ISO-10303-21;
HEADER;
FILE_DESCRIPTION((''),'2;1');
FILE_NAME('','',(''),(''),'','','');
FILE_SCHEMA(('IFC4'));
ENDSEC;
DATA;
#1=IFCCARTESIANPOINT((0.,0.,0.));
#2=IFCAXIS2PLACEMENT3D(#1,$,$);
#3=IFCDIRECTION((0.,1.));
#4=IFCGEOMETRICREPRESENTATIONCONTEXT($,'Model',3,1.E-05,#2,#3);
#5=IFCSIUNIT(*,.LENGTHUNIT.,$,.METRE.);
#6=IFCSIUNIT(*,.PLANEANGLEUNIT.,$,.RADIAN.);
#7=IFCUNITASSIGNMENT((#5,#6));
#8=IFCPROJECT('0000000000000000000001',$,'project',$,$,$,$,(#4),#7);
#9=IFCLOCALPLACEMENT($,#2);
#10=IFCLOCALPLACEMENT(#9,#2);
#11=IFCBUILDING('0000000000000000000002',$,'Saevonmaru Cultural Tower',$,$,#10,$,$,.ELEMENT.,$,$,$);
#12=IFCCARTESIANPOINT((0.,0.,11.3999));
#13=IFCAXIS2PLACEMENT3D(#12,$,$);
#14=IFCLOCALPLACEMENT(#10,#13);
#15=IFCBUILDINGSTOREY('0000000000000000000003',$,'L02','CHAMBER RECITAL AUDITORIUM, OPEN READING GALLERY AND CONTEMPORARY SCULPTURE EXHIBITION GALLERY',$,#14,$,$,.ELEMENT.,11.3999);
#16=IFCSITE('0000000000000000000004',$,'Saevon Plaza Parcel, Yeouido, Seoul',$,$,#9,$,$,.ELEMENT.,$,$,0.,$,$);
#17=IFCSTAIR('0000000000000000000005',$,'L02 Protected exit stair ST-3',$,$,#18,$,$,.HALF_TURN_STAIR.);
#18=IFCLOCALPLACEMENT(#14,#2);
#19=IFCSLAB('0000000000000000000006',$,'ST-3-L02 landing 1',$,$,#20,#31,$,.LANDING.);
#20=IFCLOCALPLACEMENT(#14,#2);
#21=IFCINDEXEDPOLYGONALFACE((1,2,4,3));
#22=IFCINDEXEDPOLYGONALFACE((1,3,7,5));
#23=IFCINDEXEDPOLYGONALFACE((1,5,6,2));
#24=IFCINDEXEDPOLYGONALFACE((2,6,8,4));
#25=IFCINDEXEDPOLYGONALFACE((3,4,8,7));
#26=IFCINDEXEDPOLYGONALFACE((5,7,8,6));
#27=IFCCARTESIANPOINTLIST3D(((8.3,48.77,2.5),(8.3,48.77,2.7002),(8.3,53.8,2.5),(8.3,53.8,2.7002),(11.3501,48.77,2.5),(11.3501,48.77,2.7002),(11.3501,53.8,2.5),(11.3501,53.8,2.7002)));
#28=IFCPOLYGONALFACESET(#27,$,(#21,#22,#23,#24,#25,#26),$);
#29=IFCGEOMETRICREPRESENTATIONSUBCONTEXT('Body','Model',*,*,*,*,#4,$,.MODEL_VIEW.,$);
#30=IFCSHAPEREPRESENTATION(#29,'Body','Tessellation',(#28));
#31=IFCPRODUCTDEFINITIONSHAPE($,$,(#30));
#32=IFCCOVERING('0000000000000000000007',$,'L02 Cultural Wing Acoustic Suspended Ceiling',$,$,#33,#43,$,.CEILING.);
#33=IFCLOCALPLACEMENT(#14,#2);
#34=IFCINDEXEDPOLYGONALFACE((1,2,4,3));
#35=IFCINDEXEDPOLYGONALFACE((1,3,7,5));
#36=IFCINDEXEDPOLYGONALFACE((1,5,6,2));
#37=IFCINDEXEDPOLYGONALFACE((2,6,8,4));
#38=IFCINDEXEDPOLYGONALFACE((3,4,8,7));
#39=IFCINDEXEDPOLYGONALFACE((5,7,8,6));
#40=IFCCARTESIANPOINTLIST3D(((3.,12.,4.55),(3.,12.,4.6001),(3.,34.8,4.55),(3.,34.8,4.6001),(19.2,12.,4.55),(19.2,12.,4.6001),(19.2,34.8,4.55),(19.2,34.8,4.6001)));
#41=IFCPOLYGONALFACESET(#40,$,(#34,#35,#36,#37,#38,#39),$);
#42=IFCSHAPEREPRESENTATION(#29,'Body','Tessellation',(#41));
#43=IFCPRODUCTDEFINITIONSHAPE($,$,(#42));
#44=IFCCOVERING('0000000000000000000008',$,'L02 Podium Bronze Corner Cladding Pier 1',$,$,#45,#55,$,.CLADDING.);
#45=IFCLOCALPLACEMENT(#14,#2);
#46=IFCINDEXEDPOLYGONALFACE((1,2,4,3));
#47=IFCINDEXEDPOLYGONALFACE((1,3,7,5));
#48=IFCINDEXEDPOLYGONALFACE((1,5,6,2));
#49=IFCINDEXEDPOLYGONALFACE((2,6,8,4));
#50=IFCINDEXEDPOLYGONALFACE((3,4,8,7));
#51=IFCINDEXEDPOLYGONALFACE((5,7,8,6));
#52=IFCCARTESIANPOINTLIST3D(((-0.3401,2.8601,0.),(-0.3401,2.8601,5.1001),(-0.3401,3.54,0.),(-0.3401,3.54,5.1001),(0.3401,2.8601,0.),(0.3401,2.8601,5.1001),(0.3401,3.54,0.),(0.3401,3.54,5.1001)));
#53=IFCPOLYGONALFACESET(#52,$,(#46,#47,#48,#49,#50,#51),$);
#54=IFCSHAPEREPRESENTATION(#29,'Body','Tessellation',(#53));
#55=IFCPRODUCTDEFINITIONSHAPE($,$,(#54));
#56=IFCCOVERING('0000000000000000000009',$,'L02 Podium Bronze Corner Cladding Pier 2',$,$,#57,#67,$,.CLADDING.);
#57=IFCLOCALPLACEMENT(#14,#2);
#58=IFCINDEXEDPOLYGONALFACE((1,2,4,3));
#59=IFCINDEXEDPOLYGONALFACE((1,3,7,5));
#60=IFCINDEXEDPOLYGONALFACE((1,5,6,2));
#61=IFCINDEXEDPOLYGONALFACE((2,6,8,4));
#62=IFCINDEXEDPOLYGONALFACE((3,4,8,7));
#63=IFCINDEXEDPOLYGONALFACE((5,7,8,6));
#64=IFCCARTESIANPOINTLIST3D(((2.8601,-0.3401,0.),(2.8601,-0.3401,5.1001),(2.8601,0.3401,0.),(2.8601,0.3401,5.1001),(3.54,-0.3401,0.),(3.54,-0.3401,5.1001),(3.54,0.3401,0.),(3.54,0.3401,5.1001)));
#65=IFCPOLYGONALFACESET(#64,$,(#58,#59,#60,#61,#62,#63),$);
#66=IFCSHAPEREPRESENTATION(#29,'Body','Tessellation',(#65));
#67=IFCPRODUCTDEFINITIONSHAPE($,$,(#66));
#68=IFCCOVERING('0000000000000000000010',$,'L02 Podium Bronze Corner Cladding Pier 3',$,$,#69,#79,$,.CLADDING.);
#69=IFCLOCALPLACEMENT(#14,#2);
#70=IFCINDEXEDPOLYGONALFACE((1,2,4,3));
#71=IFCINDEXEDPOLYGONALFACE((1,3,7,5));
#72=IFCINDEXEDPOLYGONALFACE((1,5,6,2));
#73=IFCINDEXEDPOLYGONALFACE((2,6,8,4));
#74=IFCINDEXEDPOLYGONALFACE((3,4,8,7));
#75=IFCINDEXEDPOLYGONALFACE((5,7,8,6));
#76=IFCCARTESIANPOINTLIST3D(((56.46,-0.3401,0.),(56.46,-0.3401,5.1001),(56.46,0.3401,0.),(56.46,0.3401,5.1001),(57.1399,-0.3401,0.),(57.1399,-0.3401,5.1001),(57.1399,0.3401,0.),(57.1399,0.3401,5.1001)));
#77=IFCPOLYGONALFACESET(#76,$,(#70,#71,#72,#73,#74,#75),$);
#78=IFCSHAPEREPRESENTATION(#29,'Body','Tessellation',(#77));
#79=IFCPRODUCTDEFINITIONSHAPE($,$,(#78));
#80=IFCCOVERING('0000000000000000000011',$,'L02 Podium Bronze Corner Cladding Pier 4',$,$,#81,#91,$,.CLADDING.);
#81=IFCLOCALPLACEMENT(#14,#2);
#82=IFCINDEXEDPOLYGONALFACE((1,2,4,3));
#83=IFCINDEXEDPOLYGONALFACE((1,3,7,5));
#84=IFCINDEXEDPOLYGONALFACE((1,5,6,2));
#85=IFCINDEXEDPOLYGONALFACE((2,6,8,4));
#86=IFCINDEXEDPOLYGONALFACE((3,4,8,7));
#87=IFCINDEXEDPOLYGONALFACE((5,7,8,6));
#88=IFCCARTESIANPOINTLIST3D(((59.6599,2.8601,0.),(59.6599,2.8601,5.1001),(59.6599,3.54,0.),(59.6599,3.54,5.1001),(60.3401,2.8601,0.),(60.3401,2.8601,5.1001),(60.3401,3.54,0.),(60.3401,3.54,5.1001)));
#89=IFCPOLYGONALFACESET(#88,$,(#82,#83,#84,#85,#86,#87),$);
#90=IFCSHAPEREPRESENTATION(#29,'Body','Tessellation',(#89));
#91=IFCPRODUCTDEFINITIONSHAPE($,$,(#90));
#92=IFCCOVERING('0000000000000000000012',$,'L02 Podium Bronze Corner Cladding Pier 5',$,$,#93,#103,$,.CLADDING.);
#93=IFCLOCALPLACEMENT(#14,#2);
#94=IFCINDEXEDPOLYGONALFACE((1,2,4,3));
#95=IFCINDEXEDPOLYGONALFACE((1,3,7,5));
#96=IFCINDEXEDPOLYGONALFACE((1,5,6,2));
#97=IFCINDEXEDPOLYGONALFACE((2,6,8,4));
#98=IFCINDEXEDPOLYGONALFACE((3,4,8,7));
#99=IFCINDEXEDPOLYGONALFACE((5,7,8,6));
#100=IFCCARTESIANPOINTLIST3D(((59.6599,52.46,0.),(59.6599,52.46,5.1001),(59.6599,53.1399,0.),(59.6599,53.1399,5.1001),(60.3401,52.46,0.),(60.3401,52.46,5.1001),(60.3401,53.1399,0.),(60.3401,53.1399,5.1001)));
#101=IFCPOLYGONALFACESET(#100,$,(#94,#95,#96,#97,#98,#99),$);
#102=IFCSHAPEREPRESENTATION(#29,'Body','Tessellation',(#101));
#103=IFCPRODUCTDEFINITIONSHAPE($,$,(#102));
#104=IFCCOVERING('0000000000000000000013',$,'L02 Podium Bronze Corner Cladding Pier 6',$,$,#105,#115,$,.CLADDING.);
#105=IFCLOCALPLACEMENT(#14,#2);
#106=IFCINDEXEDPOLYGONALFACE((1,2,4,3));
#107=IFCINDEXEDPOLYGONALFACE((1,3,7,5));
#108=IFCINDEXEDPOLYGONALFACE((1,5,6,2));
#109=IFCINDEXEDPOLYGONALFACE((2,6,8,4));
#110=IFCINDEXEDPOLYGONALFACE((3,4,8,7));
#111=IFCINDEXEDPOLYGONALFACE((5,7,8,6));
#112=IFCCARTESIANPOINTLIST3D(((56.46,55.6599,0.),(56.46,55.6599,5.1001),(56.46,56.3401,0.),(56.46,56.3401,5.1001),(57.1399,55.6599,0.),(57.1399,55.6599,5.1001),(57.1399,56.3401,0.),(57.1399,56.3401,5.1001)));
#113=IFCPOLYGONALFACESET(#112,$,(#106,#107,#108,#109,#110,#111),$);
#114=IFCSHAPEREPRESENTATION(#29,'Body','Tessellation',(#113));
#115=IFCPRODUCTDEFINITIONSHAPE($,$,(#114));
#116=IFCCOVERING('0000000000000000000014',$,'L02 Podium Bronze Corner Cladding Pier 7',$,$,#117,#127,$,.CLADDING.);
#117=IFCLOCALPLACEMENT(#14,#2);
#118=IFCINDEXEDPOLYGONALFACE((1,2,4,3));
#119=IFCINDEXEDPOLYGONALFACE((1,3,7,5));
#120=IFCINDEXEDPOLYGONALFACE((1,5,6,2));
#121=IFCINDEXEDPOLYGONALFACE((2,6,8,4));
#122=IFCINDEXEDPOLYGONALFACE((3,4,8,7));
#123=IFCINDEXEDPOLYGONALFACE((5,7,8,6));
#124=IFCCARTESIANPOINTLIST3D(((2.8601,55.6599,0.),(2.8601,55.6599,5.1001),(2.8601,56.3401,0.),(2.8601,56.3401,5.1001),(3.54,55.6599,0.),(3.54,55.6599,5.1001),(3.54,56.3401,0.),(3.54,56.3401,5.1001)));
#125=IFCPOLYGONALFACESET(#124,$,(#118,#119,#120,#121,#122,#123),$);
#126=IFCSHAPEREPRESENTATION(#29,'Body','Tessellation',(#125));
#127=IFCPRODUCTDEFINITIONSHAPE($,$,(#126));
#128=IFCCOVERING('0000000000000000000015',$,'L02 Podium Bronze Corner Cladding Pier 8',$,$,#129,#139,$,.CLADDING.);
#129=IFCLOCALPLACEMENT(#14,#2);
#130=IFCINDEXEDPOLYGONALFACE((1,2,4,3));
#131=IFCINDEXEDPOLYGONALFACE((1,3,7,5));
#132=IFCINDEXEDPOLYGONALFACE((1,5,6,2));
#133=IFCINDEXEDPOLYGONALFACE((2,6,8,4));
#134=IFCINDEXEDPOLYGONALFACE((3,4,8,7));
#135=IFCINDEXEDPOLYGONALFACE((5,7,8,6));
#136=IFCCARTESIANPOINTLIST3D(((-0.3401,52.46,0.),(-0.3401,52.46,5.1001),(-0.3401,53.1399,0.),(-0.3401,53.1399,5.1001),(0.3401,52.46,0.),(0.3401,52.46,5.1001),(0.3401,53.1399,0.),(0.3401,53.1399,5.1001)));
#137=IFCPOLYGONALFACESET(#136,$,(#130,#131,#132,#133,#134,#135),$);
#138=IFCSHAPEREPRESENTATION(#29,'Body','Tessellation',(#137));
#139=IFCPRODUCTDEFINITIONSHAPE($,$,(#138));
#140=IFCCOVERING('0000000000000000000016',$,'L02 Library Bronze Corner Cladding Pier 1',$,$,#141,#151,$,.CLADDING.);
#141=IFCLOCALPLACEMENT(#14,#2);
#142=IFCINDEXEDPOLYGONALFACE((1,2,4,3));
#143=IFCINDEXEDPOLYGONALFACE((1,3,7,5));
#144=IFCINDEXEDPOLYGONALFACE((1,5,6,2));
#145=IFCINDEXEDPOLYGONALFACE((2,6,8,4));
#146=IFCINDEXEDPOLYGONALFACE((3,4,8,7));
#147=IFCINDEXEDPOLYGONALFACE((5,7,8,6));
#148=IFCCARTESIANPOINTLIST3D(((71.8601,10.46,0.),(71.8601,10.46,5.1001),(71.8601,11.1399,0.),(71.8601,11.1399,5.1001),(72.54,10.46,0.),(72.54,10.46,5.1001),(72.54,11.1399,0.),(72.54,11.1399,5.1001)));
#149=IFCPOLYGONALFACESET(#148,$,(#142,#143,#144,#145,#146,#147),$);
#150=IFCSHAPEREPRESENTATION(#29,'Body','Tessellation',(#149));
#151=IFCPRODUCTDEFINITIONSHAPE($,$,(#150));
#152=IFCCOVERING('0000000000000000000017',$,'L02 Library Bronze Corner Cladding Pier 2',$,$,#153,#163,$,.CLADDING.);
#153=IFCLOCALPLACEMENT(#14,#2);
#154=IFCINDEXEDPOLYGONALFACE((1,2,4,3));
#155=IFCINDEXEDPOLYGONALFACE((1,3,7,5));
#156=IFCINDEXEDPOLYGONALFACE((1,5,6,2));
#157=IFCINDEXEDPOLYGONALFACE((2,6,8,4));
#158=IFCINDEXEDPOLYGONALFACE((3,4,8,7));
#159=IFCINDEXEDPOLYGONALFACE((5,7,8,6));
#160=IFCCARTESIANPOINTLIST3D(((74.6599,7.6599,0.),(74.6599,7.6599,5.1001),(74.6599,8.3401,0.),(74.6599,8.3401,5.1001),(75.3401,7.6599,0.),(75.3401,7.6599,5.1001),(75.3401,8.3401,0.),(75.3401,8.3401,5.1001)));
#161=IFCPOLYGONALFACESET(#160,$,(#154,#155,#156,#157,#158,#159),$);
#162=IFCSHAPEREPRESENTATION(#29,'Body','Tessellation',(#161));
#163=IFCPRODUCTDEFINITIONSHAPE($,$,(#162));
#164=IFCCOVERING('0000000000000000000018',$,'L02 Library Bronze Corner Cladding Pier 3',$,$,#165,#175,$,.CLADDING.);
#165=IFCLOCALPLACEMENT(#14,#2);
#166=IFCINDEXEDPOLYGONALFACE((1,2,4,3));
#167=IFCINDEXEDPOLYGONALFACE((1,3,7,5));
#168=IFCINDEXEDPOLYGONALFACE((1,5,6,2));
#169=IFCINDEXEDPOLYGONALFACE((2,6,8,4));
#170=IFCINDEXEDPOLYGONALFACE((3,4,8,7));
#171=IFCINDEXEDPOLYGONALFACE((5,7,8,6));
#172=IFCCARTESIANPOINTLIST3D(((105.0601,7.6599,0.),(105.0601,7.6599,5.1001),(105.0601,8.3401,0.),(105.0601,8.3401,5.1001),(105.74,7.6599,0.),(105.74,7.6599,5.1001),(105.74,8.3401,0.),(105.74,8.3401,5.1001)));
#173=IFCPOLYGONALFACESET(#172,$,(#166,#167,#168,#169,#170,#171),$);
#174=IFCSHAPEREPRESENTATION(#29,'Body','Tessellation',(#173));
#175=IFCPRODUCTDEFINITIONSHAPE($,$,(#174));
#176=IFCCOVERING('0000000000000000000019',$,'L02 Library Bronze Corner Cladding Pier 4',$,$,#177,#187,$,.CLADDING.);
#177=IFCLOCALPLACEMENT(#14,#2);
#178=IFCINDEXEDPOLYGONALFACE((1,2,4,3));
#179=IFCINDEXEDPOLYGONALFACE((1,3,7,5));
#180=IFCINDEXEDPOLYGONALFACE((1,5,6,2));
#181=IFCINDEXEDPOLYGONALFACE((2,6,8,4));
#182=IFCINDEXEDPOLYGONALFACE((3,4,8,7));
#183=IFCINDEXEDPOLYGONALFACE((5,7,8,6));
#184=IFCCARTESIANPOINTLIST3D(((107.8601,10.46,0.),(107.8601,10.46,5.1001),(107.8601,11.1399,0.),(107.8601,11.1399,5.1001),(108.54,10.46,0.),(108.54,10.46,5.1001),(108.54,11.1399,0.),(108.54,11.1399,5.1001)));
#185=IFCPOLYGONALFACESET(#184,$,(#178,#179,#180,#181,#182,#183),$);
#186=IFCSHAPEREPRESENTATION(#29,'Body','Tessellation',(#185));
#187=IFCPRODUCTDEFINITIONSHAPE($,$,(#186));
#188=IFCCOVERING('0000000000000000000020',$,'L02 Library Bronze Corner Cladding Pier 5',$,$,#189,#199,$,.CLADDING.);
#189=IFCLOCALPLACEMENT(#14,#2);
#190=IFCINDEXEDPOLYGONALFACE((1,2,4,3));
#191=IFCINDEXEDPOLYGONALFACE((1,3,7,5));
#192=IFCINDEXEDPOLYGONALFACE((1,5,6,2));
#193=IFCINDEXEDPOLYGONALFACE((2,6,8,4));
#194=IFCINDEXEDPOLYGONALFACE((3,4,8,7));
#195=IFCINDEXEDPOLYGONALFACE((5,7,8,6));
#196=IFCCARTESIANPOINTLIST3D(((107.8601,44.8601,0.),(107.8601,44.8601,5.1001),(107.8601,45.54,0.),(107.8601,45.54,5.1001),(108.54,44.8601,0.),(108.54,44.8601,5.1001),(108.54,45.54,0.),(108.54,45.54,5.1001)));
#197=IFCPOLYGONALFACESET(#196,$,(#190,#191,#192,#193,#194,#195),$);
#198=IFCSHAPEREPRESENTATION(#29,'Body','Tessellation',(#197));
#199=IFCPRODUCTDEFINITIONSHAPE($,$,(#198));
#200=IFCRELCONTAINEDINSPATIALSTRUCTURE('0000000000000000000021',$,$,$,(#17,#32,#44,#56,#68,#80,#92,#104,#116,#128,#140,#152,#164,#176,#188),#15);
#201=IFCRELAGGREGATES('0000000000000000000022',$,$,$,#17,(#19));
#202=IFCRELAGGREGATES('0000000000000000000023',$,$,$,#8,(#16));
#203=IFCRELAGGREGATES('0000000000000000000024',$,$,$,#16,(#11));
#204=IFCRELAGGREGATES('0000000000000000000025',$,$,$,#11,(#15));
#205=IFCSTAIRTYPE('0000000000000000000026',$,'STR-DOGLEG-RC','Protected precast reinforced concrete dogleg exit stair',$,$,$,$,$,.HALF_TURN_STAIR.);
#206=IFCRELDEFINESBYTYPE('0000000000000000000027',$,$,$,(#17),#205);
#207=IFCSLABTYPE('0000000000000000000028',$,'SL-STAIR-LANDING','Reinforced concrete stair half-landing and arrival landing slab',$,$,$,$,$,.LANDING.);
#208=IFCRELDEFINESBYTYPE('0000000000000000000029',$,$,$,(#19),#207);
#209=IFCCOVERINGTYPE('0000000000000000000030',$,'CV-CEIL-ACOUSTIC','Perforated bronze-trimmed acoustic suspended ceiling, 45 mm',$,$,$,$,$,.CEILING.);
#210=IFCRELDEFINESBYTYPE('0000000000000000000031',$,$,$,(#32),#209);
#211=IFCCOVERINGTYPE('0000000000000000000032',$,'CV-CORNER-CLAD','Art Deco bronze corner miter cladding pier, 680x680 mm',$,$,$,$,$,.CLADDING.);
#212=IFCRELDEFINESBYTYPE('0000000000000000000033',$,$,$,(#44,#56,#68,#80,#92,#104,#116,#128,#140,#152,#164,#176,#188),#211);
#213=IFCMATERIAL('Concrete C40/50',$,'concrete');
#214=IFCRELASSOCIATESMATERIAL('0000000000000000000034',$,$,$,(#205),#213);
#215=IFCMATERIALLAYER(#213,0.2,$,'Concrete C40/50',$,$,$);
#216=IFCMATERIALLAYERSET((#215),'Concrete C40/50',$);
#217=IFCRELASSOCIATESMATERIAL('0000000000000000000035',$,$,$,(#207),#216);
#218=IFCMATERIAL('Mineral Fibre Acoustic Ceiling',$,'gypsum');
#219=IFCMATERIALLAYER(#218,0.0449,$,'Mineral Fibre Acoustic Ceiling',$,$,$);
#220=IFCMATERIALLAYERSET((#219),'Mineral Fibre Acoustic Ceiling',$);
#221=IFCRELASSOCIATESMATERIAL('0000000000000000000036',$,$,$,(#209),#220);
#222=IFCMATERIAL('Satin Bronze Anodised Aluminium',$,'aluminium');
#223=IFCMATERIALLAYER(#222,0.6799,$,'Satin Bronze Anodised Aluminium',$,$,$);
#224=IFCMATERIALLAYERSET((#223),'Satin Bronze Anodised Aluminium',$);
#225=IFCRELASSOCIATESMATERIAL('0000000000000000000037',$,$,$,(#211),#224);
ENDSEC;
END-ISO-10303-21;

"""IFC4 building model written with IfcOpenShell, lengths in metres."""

from ifc_helpers import new_model, si_unit, direction, frame, origin, place, context, subcontext, project, spatial, polyline, outline, extrude, material, layer, layer_set, type_object, element, aggregate, save


model = new_model("IFC4")

# Units and contexts
model_context = context("Model", 3, precision=1e-05, world=origin(), true_north=direction((0.0, 1.0)))
body_context = subcontext(model_context, "Body", "Model", "MODEL_VIEW")
ifc_project = project(units=[si_unit("LENGTHUNIT", "METRE"), si_unit("PLANEANGLEUNIT", "RADIAN")], contexts=[model_context])

# Site, building, storey
site_placement = place(None, origin())
site = spatial("IfcSite", under=ifc_project, at=site_placement, Name="Saevon Plaza Parcel, Yeouido, Seoul", CompositionType="ELEMENT", RefElevation=0.0)
building_placement = place(site_placement, origin())
building = spatial("IfcBuilding", under=site, at=building_placement, Name="Saevonmaru Cultural Tower", CompositionType="ELEMENT")
storey_placement = place(building_placement, frame((0.0, 0.0, 11.3999)))
storey = spatial("IfcBuildingStorey", under=building, at=storey_placement, Name="L02", Description="CHAMBER RECITAL AUDITORIUM, OPEN READING GALLERY AND CONTEMPORARY SCULPTURE EXHIBITION GALLERY", CompositionType="ELEMENT", Elevation=11.3999)

# Shared definitions
ifc_material_1 = material(Name="Satin Bronze Anodised Aluminium", Category="aluminium")

# Shared definitions
ifc_material_2 = material(Name="Concrete C40/50", Category="concrete")

# Stair, slab
stair_type = type_object("IfcStairType", Name="STR-DOGLEG-RC", Description="Protected precast reinforced concrete dogleg exit stair", PredefinedType="HALF_TURN_STAIR", material=ifc_material_2)
ifc_layer_1 = layer(ifc_material_2, 0.2, Name="Concrete C40/50")
ifc_layer_set_1 = layer_set([ifc_layer_1], Name="Concrete C40/50")
slab_type_1 = type_object("IfcSlabType", Name="SL-STAIR-LANDING", Description="Reinforced concrete stair half-landing and arrival landing slab", PredefinedType="LANDING", material=ifc_layer_set_1)
stair_1_placement = place(storey_placement, origin())
stair_1 = element("IfcStair", 1, at=stair_1_placement, inside=storey, type_object=stair_type, Name="L02 Protected exit stair ST-3", PredefinedType="HALF_TURN_STAIR")
slab_1_placement = place(storey_placement, frame((0.0, 0.0, 2.5)))
slab_1 = element("IfcSlab", 2, at=slab_1_placement, type_object=slab_type_1, Name="ST-3-L02 landing 1", PredefinedType="LANDING", context=body_context, shape_type="SweptSolid", body=[
    extrude(outline(polyline([(11.3501, 48.77), (11.3501, 53.8), (8.3, 53.8), (8.3, 48.77), (11.3501, 48.77)])), origin(), (0.0, 0.0, 1.0), 0.2002),
])
aggregate(stair_1, [slab_1])

# Coverings
ifc_material_3 = material(Name="Mineral Fibre Acoustic Ceiling", Category="gypsum")
ifc_layer_2 = layer(ifc_material_3, 0.0449, Name="Mineral Fibre Acoustic Ceiling")
ifc_layer_set_2 = layer_set([ifc_layer_2], Name="Mineral Fibre Acoustic Ceiling")
covering_type_1 = type_object("IfcCoveringType", Name="CV-CEIL-ACOUSTIC", Description="Perforated bronze-trimmed acoustic suspended ceiling, 45 mm", PredefinedType="CEILING", material=ifc_layer_set_2)
covering_1_placement = place(storey_placement, frame((0.0, 0.0, 4.55)))
element("IfcCovering", 3, at=covering_1_placement, inside=storey, type_object=covering_type_1, Name="L02 Cultural Wing Acoustic Suspended Ceiling", PredefinedType="CEILING", context=body_context, shape_type="SweptSolid", body=[
    extrude(outline(polyline([(3.0, 12.0), (19.2, 12.0), (19.2, 34.8), (3.0, 34.8), (3.0, 12.0)])), origin(), (0.0, 0.0, 1.0), 0.05),
])
ifc_layer_3 = layer(ifc_material_1, 0.6799, Name="Satin Bronze Anodised Aluminium")
ifc_layer_set_3 = layer_set([ifc_layer_3], Name="Satin Bronze Anodised Aluminium")
covering_type_2 = type_object("IfcCoveringType", Name="CV-CORNER-CLAD", Description="Art Deco bronze corner miter cladding pier, 680x680 mm", PredefinedType="CLADDING", material=ifc_layer_set_3)
covering_2_placement = place(storey_placement, origin())
element("IfcCovering", 4, at=covering_2_placement, inside=storey, type_object=covering_type_2, Name="L02 Podium Bronze Corner Cladding Pier 1", PredefinedType="CLADDING", context=body_context, shape_type="SweptSolid", body=[
    extrude(outline(polyline([(-0.3401, 2.8601), (0.3401, 2.8601), (0.3401, 3.54), (-0.3401, 3.54), (-0.3401, 2.8601)])), origin(), (0.0, 0.0, 1.0), 5.1001),
])
covering_3_placement = place(storey_placement, origin())
element("IfcCovering", 5, at=covering_3_placement, inside=storey, type_object=covering_type_2, Name="L02 Podium Bronze Corner Cladding Pier 2", PredefinedType="CLADDING", context=body_context, shape_type="SweptSolid", body=[
    extrude(outline(polyline([(2.8601, -0.3401), (3.54, -0.3401), (3.54, 0.3401), (2.8601, 0.3401), (2.8601, -0.3401)])), origin(), (0.0, 0.0, 1.0), 5.1001),
])
covering_4_placement = place(storey_placement, origin())
element("IfcCovering", 6, at=covering_4_placement, inside=storey, type_object=covering_type_2, Name="L02 Podium Bronze Corner Cladding Pier 3", PredefinedType="CLADDING", context=body_context, shape_type="SweptSolid", body=[
    extrude(outline(polyline([(56.46, -0.3401), (57.1399, -0.3401), (57.1399, 0.3401), (56.46, 0.3401), (56.46, -0.3401)])), origin(), (0.0, 0.0, 1.0), 5.1001),
])
covering_5_placement = place(storey_placement, origin())
element("IfcCovering", 7, at=covering_5_placement, inside=storey, type_object=covering_type_2, Name="L02 Podium Bronze Corner Cladding Pier 4", PredefinedType="CLADDING", context=body_context, shape_type="SweptSolid", body=[
    extrude(outline(polyline([(59.6599, 2.8601), (60.3401, 2.8601), (60.3401, 3.54), (59.6599, 3.54), (59.6599, 2.8601)])), origin(), (0.0, 0.0, 1.0), 5.1001),
])
covering_6_placement = place(storey_placement, origin())
element("IfcCovering", 8, at=covering_6_placement, inside=storey, type_object=covering_type_2, Name="L02 Podium Bronze Corner Cladding Pier 5", PredefinedType="CLADDING", context=body_context, shape_type="SweptSolid", body=[
    extrude(outline(polyline([(59.6599, 52.46), (60.3401, 52.46), (60.3401, 53.1399), (59.6599, 53.1399), (59.6599, 52.46)])), origin(), (0.0, 0.0, 1.0), 5.1001),
])
covering_7_placement = place(storey_placement, origin())
element("IfcCovering", 9, at=covering_7_placement, inside=storey, type_object=covering_type_2, Name="L02 Podium Bronze Corner Cladding Pier 6", PredefinedType="CLADDING", context=body_context, shape_type="SweptSolid", body=[
    extrude(outline(polyline([(56.46, 55.6599), (57.1399, 55.6599), (57.1399, 56.3401), (56.46, 56.3401), (56.46, 55.6599)])), origin(), (0.0, 0.0, 1.0), 5.1001),
])
covering_8_placement = place(storey_placement, origin())
element("IfcCovering", 10, at=covering_8_placement, inside=storey, type_object=covering_type_2, Name="L02 Podium Bronze Corner Cladding Pier 7", PredefinedType="CLADDING", context=body_context, shape_type="SweptSolid", body=[
    extrude(outline(polyline([(2.8601, 55.6599), (3.54, 55.6599), (3.54, 56.3401), (2.8601, 56.3401), (2.8601, 55.6599)])), origin(), (0.0, 0.0, 1.0), 5.1001),
])
covering_9_placement = place(storey_placement, origin())
element("IfcCovering", 11, at=covering_9_placement, inside=storey, type_object=covering_type_2, Name="L02 Podium Bronze Corner Cladding Pier 8", PredefinedType="CLADDING", context=body_context, shape_type="SweptSolid", body=[
    extrude(outline(polyline([(-0.3401, 52.46), (0.3401, 52.46), (0.3401, 53.1399), (-0.3401, 53.1399), (-0.3401, 52.46)])), origin(), (0.0, 0.0, 1.0), 5.1001),
])
covering_10_placement = place(storey_placement, origin())
element("IfcCovering", 12, at=covering_10_placement, inside=storey, type_object=covering_type_2, Name="L02 Library Bronze Corner Cladding Pier 1", PredefinedType="CLADDING", context=body_context, shape_type="SweptSolid", body=[
    extrude(outline(polyline([(71.8601, 10.46), (72.54, 10.46), (72.54, 11.1399), (71.8601, 11.1399), (71.8601, 10.46)])), origin(), (0.0, 0.0, 1.0), 5.1001),
])
covering_11_placement = place(storey_placement, origin())
element("IfcCovering", 13, at=covering_11_placement, inside=storey, type_object=covering_type_2, Name="L02 Library Bronze Corner Cladding Pier 2", PredefinedType="CLADDING", context=body_context, shape_type="SweptSolid", body=[
    extrude(outline(polyline([(74.6599, 7.6599), (75.3401, 7.6599), (75.3401, 8.3401), (74.6599, 8.3401), (74.6599, 7.6599)])), origin(), (0.0, 0.0, 1.0), 5.1001),
])
covering_12_placement = place(storey_placement, origin())
element("IfcCovering", 14, at=covering_12_placement, inside=storey, type_object=covering_type_2, Name="L02 Library Bronze Corner Cladding Pier 3", PredefinedType="CLADDING", context=body_context, shape_type="SweptSolid", body=[
    extrude(outline(polyline([(105.0601, 7.6599), (105.74, 7.6599), (105.74, 8.3401), (105.0601, 8.3401), (105.0601, 7.6599)])), origin(), (0.0, 0.0, 1.0), 5.1001),
])
covering_13_placement = place(storey_placement, origin())
element("IfcCovering", 15, at=covering_13_placement, inside=storey, type_object=covering_type_2, Name="L02 Library Bronze Corner Cladding Pier 4", PredefinedType="CLADDING", context=body_context, shape_type="SweptSolid", body=[
    extrude(outline(polyline([(107.8601, 10.46), (108.54, 10.46), (108.54, 11.1399), (107.8601, 11.1399), (107.8601, 10.46)])), origin(), (0.0, 0.0, 1.0), 5.1001),
])
covering_14_placement = place(storey_placement, origin())
element("IfcCovering", 16, at=covering_14_placement, inside=storey, type_object=covering_type_2, Name="L02 Library Bronze Corner Cladding Pier 5", PredefinedType="CLADDING", context=body_context, shape_type="SweptSolid", body=[
    extrude(outline(polyline([(107.8601, 44.8601), (108.54, 44.8601), (108.54, 45.54), (107.8601, 45.54), (107.8601, 44.8601)])), origin(), (0.0, 0.0, 1.0), 5.1001),
])

save(model, "model.ifc")
